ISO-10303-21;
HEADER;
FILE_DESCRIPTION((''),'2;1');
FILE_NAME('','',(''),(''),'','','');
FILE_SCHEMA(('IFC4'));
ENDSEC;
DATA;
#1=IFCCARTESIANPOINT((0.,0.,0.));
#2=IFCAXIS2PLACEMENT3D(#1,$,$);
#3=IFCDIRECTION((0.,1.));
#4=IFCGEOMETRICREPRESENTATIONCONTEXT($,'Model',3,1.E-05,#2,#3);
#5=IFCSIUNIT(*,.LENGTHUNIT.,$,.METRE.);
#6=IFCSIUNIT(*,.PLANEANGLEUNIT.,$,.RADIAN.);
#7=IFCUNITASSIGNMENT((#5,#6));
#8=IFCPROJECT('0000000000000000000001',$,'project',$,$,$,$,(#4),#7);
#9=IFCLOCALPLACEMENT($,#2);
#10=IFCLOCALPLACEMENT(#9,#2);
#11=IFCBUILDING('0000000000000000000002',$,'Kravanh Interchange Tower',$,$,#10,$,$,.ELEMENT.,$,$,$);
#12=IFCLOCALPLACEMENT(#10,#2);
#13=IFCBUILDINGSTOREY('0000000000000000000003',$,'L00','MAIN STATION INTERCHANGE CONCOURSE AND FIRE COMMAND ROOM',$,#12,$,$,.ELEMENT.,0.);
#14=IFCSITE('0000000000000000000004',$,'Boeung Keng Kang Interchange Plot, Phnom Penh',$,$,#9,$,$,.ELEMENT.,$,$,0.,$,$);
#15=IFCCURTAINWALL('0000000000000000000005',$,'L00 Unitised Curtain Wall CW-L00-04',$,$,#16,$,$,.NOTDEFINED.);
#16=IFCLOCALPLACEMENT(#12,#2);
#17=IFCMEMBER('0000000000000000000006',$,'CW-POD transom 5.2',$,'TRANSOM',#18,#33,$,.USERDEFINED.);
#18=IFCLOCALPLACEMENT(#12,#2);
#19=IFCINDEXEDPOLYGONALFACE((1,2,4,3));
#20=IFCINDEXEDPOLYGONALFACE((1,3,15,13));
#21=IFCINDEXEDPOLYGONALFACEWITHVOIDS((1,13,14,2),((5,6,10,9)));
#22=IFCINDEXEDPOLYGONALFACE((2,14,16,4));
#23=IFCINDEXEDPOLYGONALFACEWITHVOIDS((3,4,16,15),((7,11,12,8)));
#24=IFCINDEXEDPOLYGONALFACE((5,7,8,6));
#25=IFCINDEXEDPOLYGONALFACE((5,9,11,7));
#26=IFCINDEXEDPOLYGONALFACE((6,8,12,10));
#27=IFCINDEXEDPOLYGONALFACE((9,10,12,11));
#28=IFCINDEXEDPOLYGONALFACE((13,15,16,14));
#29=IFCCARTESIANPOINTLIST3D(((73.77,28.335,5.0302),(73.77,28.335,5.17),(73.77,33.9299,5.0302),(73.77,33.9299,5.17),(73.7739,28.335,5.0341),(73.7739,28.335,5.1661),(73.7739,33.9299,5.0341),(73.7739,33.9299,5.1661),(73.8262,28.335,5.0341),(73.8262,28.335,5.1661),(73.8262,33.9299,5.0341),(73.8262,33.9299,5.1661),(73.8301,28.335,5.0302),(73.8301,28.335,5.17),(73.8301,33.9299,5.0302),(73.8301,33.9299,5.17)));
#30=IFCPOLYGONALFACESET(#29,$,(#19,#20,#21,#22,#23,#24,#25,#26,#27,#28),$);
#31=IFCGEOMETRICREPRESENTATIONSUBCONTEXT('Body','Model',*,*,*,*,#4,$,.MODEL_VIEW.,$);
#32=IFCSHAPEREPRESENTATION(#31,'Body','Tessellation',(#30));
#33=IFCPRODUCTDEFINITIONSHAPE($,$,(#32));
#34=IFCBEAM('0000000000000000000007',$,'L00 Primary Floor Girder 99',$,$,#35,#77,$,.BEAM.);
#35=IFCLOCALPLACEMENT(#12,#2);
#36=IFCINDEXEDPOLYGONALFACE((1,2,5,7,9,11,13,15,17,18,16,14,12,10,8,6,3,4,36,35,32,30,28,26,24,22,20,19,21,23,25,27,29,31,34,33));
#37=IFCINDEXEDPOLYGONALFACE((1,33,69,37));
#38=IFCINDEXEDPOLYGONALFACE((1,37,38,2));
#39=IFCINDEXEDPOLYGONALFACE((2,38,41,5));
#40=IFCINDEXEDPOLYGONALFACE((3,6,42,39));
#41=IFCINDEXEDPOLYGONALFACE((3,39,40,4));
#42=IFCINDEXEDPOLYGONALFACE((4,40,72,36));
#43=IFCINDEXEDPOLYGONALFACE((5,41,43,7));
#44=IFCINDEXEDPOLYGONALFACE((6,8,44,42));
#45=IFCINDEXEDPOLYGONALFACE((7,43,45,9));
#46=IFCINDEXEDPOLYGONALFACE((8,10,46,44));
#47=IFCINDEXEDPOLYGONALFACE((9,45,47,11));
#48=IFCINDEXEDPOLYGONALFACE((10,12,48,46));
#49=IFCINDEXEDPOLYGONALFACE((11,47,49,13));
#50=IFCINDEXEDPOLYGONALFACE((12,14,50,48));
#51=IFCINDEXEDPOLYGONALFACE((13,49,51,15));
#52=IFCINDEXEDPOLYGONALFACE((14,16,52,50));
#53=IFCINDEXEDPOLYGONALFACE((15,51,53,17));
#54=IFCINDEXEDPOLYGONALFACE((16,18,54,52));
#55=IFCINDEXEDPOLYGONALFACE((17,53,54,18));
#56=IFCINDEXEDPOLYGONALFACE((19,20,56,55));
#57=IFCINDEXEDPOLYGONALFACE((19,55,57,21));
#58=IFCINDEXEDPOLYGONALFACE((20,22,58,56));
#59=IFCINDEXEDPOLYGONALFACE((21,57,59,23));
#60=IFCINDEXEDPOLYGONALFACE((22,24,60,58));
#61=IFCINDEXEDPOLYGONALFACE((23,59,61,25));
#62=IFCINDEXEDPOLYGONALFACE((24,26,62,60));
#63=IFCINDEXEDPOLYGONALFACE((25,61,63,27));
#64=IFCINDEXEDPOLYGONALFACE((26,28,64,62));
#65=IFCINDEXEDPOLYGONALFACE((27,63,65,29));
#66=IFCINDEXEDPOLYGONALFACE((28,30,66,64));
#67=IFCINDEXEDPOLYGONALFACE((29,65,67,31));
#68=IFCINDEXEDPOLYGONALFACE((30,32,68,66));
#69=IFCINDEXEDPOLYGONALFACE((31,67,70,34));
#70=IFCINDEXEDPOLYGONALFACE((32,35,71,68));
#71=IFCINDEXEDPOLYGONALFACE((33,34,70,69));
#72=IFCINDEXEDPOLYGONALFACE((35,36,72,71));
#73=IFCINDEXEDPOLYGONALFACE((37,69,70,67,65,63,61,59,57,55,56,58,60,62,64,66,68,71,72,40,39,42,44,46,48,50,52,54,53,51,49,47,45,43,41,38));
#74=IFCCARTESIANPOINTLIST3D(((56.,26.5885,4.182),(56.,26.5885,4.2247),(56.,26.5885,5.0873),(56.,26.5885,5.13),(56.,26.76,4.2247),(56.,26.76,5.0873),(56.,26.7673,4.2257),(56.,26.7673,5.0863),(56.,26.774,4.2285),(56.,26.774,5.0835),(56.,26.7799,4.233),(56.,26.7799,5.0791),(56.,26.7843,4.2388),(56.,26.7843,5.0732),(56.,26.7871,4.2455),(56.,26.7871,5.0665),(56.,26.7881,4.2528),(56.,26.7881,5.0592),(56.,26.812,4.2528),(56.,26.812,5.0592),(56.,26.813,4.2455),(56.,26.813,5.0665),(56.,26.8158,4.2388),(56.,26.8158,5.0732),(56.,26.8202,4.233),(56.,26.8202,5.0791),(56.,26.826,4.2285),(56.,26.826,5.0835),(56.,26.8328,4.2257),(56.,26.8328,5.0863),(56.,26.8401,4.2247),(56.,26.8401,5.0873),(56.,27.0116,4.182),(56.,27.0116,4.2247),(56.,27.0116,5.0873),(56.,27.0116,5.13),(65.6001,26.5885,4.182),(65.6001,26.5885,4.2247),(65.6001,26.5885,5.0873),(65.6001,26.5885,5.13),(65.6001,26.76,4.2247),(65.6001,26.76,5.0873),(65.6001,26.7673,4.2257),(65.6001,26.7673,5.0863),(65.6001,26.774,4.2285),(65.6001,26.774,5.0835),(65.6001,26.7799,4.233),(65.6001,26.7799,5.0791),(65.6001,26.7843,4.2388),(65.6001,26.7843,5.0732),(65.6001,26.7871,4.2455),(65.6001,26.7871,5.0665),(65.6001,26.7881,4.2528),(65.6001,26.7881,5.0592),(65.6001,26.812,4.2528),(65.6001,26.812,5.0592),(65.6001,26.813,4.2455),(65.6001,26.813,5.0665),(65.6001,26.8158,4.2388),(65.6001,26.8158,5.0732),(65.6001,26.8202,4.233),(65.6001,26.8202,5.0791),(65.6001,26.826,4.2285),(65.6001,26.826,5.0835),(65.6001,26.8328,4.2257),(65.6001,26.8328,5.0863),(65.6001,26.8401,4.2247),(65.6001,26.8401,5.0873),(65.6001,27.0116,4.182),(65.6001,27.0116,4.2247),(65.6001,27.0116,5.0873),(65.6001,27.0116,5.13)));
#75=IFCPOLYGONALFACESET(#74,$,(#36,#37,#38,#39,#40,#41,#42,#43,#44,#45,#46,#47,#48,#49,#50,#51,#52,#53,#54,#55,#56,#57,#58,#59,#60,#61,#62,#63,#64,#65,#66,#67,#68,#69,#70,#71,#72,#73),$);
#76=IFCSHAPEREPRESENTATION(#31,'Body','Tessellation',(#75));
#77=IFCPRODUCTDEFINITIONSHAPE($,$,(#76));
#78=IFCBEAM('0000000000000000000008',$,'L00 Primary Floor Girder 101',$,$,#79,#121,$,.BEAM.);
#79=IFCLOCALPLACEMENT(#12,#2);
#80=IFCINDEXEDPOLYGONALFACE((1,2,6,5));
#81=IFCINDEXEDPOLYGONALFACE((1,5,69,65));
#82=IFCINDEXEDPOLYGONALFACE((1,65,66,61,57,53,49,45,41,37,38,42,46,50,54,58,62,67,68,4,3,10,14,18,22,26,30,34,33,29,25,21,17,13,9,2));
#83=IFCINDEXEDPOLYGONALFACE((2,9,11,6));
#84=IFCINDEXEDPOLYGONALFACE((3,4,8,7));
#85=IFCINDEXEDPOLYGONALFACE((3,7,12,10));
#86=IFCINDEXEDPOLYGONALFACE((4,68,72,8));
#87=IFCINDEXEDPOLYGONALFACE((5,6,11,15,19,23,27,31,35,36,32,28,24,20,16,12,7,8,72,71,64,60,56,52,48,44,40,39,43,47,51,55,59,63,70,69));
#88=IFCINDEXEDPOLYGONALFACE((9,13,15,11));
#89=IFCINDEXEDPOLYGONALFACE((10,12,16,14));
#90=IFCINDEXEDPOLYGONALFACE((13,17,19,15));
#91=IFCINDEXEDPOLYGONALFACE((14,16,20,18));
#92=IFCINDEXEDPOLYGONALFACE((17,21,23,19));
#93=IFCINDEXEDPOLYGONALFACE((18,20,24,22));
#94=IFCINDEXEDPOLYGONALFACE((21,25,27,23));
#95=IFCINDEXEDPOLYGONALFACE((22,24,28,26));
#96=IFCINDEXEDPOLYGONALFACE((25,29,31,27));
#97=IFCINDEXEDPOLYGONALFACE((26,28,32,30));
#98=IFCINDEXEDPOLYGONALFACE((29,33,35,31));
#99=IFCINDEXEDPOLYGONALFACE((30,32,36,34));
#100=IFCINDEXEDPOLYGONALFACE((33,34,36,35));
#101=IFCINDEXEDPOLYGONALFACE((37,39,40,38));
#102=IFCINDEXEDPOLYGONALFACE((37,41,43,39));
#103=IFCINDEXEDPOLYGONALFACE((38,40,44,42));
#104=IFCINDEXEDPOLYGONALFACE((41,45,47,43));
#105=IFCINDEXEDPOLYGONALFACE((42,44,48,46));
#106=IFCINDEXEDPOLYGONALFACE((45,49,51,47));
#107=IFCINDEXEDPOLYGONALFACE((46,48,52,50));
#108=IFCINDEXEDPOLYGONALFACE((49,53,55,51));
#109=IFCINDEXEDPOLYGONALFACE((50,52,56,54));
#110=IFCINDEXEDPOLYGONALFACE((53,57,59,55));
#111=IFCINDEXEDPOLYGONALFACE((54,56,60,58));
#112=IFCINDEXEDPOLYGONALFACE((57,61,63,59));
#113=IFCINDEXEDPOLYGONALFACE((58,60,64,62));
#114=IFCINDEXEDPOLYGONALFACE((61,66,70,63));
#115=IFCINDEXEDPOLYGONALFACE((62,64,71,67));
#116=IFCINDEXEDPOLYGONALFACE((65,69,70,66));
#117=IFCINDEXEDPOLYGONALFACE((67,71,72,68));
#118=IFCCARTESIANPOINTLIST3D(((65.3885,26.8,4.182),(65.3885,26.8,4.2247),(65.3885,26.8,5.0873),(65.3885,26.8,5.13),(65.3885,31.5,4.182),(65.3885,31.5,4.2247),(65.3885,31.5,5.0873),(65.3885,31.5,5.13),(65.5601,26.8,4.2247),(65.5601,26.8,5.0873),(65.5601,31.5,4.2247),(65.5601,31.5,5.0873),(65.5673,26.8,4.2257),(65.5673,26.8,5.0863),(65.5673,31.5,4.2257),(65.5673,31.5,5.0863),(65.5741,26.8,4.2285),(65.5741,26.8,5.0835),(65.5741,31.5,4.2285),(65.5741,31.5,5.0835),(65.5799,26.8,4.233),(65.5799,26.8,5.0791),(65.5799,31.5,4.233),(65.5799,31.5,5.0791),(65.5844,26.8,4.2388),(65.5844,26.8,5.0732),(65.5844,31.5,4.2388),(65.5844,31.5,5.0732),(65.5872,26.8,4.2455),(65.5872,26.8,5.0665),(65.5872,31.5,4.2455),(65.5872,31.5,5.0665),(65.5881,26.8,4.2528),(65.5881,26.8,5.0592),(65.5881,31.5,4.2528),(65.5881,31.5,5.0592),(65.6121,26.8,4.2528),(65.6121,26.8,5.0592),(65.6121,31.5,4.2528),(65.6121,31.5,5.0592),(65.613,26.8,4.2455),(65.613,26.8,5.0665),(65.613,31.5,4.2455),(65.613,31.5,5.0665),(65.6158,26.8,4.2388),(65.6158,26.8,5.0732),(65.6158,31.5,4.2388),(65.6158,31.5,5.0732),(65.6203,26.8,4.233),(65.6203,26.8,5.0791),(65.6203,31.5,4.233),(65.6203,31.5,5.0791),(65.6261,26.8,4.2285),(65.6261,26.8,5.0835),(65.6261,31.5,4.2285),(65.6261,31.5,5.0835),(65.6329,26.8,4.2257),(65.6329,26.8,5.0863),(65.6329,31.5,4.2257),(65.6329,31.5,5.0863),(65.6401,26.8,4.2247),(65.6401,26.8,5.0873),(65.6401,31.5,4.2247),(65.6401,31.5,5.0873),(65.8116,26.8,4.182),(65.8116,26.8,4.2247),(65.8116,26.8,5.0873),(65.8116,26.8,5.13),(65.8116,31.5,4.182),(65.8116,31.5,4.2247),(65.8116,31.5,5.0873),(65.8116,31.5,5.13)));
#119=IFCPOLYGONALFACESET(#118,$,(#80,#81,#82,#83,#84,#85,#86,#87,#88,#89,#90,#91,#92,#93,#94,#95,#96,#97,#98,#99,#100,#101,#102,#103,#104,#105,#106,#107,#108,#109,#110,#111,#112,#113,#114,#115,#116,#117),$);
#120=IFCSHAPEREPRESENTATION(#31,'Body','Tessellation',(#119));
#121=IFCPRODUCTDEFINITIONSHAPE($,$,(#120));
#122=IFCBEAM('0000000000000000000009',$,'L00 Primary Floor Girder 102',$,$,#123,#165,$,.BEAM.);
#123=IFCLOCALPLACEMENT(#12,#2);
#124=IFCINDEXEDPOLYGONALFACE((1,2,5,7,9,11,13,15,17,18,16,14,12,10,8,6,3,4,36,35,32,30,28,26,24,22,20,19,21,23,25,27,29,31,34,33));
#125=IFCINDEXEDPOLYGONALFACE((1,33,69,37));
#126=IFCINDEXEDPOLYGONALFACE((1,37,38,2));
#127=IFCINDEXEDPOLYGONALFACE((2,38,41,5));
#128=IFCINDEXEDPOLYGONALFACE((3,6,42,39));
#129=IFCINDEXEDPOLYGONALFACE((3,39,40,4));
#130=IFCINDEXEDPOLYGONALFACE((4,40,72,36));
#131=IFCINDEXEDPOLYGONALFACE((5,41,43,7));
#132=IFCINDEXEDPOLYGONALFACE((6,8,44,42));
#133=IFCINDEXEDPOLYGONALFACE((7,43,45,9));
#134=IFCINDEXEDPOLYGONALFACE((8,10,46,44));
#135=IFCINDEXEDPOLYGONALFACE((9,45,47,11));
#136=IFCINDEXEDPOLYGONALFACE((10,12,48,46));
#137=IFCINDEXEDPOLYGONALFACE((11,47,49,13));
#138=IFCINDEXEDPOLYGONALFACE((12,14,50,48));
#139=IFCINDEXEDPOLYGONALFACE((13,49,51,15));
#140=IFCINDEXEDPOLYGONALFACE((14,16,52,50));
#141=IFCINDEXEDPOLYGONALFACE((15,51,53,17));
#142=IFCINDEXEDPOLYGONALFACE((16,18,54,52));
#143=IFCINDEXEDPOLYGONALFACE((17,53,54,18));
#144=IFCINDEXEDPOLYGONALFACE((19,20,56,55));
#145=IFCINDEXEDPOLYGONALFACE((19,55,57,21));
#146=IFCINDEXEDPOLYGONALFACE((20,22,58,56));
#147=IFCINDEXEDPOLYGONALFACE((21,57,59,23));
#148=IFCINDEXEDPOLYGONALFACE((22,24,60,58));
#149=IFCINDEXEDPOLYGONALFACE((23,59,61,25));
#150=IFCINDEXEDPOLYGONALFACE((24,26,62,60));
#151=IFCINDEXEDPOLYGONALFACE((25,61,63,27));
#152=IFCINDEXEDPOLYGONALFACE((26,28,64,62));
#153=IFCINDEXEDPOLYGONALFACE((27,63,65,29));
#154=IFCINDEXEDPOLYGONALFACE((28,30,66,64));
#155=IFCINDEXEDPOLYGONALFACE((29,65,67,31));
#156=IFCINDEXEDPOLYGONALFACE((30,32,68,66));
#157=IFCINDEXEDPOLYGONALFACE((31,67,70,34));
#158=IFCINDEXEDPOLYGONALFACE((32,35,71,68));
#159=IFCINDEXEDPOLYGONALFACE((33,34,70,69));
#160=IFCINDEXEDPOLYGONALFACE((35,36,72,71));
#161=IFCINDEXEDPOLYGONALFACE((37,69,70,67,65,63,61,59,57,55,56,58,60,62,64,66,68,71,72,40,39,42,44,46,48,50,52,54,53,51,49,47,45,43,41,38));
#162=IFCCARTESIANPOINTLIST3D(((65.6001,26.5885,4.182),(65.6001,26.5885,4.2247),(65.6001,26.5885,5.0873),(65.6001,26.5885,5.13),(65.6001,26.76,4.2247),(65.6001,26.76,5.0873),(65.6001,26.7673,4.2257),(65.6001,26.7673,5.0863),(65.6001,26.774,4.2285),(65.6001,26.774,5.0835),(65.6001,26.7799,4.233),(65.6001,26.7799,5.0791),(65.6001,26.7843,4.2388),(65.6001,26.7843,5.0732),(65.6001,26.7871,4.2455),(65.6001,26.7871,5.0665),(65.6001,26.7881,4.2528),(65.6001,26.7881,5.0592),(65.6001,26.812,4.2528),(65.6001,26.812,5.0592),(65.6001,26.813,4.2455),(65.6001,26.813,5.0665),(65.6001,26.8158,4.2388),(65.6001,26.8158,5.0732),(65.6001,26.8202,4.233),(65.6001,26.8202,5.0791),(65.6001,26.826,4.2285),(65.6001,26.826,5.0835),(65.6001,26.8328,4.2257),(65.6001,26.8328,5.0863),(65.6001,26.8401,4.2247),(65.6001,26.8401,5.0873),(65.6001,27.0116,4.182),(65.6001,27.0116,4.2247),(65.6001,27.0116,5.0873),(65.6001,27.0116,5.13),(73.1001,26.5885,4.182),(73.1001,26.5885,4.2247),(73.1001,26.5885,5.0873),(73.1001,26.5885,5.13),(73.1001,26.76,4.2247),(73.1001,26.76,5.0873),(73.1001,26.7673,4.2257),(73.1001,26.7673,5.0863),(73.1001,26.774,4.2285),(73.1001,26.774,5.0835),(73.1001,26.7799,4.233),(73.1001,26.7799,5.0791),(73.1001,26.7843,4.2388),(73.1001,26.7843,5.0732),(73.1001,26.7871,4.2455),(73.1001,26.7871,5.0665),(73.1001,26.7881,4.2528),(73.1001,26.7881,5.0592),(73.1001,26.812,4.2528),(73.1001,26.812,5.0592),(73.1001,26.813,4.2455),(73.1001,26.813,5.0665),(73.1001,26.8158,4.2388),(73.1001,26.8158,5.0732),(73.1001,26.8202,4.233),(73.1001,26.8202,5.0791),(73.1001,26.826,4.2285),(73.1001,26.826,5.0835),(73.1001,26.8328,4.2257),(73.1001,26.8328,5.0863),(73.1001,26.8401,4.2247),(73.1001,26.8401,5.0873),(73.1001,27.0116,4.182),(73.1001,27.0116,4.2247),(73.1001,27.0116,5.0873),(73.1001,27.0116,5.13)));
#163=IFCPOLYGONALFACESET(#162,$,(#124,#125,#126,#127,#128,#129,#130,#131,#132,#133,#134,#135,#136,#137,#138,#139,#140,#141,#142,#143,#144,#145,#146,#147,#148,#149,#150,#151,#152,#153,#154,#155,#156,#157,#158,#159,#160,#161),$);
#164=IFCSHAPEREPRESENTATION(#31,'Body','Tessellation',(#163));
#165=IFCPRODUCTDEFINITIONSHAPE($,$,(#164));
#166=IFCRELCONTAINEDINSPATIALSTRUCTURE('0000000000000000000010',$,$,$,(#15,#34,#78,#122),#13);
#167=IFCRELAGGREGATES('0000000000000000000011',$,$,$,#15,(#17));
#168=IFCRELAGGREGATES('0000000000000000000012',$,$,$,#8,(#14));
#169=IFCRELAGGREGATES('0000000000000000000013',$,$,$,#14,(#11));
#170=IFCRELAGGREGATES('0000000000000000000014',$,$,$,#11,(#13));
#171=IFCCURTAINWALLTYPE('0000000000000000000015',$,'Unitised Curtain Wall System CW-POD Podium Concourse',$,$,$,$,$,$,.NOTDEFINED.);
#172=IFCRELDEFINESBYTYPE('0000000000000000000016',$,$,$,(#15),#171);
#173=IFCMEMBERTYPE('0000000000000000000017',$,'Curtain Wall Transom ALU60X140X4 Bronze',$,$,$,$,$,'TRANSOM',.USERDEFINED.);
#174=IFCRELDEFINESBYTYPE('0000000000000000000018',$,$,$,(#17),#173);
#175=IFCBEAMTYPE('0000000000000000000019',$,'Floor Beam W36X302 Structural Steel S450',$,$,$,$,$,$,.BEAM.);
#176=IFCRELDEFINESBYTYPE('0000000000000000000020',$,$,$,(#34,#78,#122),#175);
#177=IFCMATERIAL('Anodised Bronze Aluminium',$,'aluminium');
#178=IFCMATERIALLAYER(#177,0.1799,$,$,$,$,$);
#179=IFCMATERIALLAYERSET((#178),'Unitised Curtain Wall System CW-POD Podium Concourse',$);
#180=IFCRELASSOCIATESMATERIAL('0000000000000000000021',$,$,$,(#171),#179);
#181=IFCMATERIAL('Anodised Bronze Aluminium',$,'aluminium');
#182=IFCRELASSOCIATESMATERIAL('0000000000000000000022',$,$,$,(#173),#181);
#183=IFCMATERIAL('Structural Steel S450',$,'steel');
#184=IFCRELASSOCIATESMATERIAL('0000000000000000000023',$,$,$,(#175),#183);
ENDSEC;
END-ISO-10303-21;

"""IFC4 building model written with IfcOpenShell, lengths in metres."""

from ifc_helpers import new_model, si_unit, direction, frame, origin, origin_2d, place, context, subcontext, project, spatial, hollow_rectangle, i_section, extrude, material, layer, layer_set, material_profile, profile_set, type_object, element, aggregate, save


model = new_model("IFC4")

# Units and contexts
model_context = context("Model", 3, precision=1e-05, world=origin(), true_north=direction((0.0, 1.0)))
body_context = subcontext(model_context, "Body", "Model", "MODEL_VIEW")
ifc_project = project(units=[si_unit("LENGTHUNIT", "METRE"), si_unit("PLANEANGLEUNIT", "RADIAN")], contexts=[model_context])

# Site, building, storey
site_placement = place(None, origin())
site = spatial("IfcSite", under=ifc_project, at=site_placement, Name="Boeung Keng Kang Interchange Plot, Phnom Penh", CompositionType="ELEMENT", RefElevation=0.0)
building_placement = place(site_placement, origin())
building = spatial("IfcBuilding", under=site, at=building_placement, Name="Kravanh Interchange Tower", CompositionType="ELEMENT")
storey_placement = place(building_placement, origin())
storey = spatial("IfcBuildingStorey", under=building, at=storey_placement, Name="L00", Description="MAIN STATION INTERCHANGE CONCOURSE AND FIRE COMMAND ROOM", CompositionType="ELEMENT", Elevation=0.0)

# Curtain wall, member
ifc_material_1 = material(Name="Anodised Bronze Aluminium", Category="aluminium")
ifc_layer_1 = layer(ifc_material_1, 0.1799)
ifc_layer_set_1 = layer_set([ifc_layer_1], Name="Unitised Curtain Wall System CW-POD Podium Concourse")
curtain_wall_type = type_object("IfcCurtainWallType", Name="Unitised Curtain Wall System CW-POD Podium Concourse", PredefinedType="NOTDEFINED", material=ifc_layer_set_1)
curtain_wall_placement = place(storey_placement, origin())
curtain_wall = element("IfcCurtainWall", 1, at=curtain_wall_placement, inside=storey, type_object=curtain_wall_type, Name="L00 Unitised Curtain Wall CW-L00-04", PredefinedType="NOTDEFINED")
ifc_material_2 = material(Name="Anodised Bronze Aluminium", Category="aluminium")
ifc_material_profile_1 = material_profile(ifc_material_2, hollow_rectangle(XDim=0.0601, YDim=0.1399, WallThickness=0.0039, at=origin_2d()), Name="ALU60X140X4")
ifc_profile_set_1 = profile_set([ifc_material_profile_1], Name="Anodised Bronze Aluminium")
member_type_1 = type_object("IfcMemberType", Name="Curtain Wall Transom ALU60X140X4 Bronze", ElementType="TRANSOM", PredefinedType="USERDEFINED", material=ifc_profile_set_1)
member_1_placement = place(storey_placement, frame((73.8, 28.335, 5.1001), z_axis=(0.0, 1.0, 0.0), x_axis=(-1.0, 0.0, 0.0)))
member_1 = element("IfcMember", 2, at=member_1_placement, type_object=member_type_1, Name="CW-POD transom 5.2", ObjectType="TRANSOM", PredefinedType="USERDEFINED", context=body_context, shape_type="SweptSolid", body=[
    extrude(hollow_rectangle(XDim=0.0601, YDim=0.1399, WallThickness=0.0039, at=origin_2d()), origin(), (0.0, 0.0, 1.0), 5.595),
])

# Beams
ifc_material_3 = material(Name="Structural Steel S450", Category="steel")
ifc_material_profile_2 = material_profile(ifc_material_3, i_section(OverallWidth=0.4231, OverallDepth=0.948, WebThickness=0.0239, FlangeThickness=0.0427, FilletRadius=0.0281, at=origin_2d()), Name="W36X302")
ifc_profile_set_2 = profile_set([ifc_material_profile_2], Name="Structural Steel S450")
beam_type_1 = type_object("IfcBeamType", Name="Floor Beam W36X302 Structural Steel S450", PredefinedType="BEAM", material=ifc_profile_set_2)
beam_1_placement = place(storey_placement, frame((56.0, 26.8, 4.656), z_axis=(1.0, 0.0, 0.0), x_axis=(0.0, 1.0, 0.0)))
element("IfcBeam", 3, at=beam_1_placement, inside=storey, type_object=beam_type_1, Name="L00 Primary Floor Girder 99", PredefinedType="BEAM", context=body_context, shape_type="SweptSolid", body=[
    extrude(i_section(OverallWidth=0.4231, OverallDepth=0.948, WebThickness=0.0239, FlangeThickness=0.0427, FilletRadius=0.0281, at=origin_2d()), origin(), (0.0, 0.0, 1.0), 9.6001),
])
beam_2_placement = place(storey_placement, frame((65.6001, 26.8, 4.656), z_axis=(0.0, 1.0, 0.0), x_axis=(-1.0, 0.0, 0.0)))
element("IfcBeam", 4, at=beam_2_placement, inside=storey, type_object=beam_type_1, Name="L00 Primary Floor Girder 101", PredefinedType="BEAM", context=body_context, shape_type="SweptSolid", body=[
    extrude(i_section(OverallWidth=0.4231, OverallDepth=0.948, WebThickness=0.0239, FlangeThickness=0.0427, FilletRadius=0.0281, at=origin_2d()), origin(), (0.0, 0.0, 1.0), 4.7),
])
beam_3_placement = place(storey_placement, frame((65.6001, 26.8, 4.656), z_axis=(1.0, 0.0, 0.0), x_axis=(0.0, 1.0, 0.0)))
element("IfcBeam", 5, at=beam_3_placement, inside=storey, type_object=beam_type_1, Name="L00 Primary Floor Girder 102", PredefinedType="BEAM", context=body_context, shape_type="SweptSolid", body=[
    extrude(i_section(OverallWidth=0.4231, OverallDepth=0.948, WebThickness=0.0239, FlangeThickness=0.0427, FilletRadius=0.0281, at=origin_2d()), origin(), (0.0, 0.0, 1.0), 7.5),
])

aggregate(curtain_wall, [member_1])

save(model, "model.ifc")
